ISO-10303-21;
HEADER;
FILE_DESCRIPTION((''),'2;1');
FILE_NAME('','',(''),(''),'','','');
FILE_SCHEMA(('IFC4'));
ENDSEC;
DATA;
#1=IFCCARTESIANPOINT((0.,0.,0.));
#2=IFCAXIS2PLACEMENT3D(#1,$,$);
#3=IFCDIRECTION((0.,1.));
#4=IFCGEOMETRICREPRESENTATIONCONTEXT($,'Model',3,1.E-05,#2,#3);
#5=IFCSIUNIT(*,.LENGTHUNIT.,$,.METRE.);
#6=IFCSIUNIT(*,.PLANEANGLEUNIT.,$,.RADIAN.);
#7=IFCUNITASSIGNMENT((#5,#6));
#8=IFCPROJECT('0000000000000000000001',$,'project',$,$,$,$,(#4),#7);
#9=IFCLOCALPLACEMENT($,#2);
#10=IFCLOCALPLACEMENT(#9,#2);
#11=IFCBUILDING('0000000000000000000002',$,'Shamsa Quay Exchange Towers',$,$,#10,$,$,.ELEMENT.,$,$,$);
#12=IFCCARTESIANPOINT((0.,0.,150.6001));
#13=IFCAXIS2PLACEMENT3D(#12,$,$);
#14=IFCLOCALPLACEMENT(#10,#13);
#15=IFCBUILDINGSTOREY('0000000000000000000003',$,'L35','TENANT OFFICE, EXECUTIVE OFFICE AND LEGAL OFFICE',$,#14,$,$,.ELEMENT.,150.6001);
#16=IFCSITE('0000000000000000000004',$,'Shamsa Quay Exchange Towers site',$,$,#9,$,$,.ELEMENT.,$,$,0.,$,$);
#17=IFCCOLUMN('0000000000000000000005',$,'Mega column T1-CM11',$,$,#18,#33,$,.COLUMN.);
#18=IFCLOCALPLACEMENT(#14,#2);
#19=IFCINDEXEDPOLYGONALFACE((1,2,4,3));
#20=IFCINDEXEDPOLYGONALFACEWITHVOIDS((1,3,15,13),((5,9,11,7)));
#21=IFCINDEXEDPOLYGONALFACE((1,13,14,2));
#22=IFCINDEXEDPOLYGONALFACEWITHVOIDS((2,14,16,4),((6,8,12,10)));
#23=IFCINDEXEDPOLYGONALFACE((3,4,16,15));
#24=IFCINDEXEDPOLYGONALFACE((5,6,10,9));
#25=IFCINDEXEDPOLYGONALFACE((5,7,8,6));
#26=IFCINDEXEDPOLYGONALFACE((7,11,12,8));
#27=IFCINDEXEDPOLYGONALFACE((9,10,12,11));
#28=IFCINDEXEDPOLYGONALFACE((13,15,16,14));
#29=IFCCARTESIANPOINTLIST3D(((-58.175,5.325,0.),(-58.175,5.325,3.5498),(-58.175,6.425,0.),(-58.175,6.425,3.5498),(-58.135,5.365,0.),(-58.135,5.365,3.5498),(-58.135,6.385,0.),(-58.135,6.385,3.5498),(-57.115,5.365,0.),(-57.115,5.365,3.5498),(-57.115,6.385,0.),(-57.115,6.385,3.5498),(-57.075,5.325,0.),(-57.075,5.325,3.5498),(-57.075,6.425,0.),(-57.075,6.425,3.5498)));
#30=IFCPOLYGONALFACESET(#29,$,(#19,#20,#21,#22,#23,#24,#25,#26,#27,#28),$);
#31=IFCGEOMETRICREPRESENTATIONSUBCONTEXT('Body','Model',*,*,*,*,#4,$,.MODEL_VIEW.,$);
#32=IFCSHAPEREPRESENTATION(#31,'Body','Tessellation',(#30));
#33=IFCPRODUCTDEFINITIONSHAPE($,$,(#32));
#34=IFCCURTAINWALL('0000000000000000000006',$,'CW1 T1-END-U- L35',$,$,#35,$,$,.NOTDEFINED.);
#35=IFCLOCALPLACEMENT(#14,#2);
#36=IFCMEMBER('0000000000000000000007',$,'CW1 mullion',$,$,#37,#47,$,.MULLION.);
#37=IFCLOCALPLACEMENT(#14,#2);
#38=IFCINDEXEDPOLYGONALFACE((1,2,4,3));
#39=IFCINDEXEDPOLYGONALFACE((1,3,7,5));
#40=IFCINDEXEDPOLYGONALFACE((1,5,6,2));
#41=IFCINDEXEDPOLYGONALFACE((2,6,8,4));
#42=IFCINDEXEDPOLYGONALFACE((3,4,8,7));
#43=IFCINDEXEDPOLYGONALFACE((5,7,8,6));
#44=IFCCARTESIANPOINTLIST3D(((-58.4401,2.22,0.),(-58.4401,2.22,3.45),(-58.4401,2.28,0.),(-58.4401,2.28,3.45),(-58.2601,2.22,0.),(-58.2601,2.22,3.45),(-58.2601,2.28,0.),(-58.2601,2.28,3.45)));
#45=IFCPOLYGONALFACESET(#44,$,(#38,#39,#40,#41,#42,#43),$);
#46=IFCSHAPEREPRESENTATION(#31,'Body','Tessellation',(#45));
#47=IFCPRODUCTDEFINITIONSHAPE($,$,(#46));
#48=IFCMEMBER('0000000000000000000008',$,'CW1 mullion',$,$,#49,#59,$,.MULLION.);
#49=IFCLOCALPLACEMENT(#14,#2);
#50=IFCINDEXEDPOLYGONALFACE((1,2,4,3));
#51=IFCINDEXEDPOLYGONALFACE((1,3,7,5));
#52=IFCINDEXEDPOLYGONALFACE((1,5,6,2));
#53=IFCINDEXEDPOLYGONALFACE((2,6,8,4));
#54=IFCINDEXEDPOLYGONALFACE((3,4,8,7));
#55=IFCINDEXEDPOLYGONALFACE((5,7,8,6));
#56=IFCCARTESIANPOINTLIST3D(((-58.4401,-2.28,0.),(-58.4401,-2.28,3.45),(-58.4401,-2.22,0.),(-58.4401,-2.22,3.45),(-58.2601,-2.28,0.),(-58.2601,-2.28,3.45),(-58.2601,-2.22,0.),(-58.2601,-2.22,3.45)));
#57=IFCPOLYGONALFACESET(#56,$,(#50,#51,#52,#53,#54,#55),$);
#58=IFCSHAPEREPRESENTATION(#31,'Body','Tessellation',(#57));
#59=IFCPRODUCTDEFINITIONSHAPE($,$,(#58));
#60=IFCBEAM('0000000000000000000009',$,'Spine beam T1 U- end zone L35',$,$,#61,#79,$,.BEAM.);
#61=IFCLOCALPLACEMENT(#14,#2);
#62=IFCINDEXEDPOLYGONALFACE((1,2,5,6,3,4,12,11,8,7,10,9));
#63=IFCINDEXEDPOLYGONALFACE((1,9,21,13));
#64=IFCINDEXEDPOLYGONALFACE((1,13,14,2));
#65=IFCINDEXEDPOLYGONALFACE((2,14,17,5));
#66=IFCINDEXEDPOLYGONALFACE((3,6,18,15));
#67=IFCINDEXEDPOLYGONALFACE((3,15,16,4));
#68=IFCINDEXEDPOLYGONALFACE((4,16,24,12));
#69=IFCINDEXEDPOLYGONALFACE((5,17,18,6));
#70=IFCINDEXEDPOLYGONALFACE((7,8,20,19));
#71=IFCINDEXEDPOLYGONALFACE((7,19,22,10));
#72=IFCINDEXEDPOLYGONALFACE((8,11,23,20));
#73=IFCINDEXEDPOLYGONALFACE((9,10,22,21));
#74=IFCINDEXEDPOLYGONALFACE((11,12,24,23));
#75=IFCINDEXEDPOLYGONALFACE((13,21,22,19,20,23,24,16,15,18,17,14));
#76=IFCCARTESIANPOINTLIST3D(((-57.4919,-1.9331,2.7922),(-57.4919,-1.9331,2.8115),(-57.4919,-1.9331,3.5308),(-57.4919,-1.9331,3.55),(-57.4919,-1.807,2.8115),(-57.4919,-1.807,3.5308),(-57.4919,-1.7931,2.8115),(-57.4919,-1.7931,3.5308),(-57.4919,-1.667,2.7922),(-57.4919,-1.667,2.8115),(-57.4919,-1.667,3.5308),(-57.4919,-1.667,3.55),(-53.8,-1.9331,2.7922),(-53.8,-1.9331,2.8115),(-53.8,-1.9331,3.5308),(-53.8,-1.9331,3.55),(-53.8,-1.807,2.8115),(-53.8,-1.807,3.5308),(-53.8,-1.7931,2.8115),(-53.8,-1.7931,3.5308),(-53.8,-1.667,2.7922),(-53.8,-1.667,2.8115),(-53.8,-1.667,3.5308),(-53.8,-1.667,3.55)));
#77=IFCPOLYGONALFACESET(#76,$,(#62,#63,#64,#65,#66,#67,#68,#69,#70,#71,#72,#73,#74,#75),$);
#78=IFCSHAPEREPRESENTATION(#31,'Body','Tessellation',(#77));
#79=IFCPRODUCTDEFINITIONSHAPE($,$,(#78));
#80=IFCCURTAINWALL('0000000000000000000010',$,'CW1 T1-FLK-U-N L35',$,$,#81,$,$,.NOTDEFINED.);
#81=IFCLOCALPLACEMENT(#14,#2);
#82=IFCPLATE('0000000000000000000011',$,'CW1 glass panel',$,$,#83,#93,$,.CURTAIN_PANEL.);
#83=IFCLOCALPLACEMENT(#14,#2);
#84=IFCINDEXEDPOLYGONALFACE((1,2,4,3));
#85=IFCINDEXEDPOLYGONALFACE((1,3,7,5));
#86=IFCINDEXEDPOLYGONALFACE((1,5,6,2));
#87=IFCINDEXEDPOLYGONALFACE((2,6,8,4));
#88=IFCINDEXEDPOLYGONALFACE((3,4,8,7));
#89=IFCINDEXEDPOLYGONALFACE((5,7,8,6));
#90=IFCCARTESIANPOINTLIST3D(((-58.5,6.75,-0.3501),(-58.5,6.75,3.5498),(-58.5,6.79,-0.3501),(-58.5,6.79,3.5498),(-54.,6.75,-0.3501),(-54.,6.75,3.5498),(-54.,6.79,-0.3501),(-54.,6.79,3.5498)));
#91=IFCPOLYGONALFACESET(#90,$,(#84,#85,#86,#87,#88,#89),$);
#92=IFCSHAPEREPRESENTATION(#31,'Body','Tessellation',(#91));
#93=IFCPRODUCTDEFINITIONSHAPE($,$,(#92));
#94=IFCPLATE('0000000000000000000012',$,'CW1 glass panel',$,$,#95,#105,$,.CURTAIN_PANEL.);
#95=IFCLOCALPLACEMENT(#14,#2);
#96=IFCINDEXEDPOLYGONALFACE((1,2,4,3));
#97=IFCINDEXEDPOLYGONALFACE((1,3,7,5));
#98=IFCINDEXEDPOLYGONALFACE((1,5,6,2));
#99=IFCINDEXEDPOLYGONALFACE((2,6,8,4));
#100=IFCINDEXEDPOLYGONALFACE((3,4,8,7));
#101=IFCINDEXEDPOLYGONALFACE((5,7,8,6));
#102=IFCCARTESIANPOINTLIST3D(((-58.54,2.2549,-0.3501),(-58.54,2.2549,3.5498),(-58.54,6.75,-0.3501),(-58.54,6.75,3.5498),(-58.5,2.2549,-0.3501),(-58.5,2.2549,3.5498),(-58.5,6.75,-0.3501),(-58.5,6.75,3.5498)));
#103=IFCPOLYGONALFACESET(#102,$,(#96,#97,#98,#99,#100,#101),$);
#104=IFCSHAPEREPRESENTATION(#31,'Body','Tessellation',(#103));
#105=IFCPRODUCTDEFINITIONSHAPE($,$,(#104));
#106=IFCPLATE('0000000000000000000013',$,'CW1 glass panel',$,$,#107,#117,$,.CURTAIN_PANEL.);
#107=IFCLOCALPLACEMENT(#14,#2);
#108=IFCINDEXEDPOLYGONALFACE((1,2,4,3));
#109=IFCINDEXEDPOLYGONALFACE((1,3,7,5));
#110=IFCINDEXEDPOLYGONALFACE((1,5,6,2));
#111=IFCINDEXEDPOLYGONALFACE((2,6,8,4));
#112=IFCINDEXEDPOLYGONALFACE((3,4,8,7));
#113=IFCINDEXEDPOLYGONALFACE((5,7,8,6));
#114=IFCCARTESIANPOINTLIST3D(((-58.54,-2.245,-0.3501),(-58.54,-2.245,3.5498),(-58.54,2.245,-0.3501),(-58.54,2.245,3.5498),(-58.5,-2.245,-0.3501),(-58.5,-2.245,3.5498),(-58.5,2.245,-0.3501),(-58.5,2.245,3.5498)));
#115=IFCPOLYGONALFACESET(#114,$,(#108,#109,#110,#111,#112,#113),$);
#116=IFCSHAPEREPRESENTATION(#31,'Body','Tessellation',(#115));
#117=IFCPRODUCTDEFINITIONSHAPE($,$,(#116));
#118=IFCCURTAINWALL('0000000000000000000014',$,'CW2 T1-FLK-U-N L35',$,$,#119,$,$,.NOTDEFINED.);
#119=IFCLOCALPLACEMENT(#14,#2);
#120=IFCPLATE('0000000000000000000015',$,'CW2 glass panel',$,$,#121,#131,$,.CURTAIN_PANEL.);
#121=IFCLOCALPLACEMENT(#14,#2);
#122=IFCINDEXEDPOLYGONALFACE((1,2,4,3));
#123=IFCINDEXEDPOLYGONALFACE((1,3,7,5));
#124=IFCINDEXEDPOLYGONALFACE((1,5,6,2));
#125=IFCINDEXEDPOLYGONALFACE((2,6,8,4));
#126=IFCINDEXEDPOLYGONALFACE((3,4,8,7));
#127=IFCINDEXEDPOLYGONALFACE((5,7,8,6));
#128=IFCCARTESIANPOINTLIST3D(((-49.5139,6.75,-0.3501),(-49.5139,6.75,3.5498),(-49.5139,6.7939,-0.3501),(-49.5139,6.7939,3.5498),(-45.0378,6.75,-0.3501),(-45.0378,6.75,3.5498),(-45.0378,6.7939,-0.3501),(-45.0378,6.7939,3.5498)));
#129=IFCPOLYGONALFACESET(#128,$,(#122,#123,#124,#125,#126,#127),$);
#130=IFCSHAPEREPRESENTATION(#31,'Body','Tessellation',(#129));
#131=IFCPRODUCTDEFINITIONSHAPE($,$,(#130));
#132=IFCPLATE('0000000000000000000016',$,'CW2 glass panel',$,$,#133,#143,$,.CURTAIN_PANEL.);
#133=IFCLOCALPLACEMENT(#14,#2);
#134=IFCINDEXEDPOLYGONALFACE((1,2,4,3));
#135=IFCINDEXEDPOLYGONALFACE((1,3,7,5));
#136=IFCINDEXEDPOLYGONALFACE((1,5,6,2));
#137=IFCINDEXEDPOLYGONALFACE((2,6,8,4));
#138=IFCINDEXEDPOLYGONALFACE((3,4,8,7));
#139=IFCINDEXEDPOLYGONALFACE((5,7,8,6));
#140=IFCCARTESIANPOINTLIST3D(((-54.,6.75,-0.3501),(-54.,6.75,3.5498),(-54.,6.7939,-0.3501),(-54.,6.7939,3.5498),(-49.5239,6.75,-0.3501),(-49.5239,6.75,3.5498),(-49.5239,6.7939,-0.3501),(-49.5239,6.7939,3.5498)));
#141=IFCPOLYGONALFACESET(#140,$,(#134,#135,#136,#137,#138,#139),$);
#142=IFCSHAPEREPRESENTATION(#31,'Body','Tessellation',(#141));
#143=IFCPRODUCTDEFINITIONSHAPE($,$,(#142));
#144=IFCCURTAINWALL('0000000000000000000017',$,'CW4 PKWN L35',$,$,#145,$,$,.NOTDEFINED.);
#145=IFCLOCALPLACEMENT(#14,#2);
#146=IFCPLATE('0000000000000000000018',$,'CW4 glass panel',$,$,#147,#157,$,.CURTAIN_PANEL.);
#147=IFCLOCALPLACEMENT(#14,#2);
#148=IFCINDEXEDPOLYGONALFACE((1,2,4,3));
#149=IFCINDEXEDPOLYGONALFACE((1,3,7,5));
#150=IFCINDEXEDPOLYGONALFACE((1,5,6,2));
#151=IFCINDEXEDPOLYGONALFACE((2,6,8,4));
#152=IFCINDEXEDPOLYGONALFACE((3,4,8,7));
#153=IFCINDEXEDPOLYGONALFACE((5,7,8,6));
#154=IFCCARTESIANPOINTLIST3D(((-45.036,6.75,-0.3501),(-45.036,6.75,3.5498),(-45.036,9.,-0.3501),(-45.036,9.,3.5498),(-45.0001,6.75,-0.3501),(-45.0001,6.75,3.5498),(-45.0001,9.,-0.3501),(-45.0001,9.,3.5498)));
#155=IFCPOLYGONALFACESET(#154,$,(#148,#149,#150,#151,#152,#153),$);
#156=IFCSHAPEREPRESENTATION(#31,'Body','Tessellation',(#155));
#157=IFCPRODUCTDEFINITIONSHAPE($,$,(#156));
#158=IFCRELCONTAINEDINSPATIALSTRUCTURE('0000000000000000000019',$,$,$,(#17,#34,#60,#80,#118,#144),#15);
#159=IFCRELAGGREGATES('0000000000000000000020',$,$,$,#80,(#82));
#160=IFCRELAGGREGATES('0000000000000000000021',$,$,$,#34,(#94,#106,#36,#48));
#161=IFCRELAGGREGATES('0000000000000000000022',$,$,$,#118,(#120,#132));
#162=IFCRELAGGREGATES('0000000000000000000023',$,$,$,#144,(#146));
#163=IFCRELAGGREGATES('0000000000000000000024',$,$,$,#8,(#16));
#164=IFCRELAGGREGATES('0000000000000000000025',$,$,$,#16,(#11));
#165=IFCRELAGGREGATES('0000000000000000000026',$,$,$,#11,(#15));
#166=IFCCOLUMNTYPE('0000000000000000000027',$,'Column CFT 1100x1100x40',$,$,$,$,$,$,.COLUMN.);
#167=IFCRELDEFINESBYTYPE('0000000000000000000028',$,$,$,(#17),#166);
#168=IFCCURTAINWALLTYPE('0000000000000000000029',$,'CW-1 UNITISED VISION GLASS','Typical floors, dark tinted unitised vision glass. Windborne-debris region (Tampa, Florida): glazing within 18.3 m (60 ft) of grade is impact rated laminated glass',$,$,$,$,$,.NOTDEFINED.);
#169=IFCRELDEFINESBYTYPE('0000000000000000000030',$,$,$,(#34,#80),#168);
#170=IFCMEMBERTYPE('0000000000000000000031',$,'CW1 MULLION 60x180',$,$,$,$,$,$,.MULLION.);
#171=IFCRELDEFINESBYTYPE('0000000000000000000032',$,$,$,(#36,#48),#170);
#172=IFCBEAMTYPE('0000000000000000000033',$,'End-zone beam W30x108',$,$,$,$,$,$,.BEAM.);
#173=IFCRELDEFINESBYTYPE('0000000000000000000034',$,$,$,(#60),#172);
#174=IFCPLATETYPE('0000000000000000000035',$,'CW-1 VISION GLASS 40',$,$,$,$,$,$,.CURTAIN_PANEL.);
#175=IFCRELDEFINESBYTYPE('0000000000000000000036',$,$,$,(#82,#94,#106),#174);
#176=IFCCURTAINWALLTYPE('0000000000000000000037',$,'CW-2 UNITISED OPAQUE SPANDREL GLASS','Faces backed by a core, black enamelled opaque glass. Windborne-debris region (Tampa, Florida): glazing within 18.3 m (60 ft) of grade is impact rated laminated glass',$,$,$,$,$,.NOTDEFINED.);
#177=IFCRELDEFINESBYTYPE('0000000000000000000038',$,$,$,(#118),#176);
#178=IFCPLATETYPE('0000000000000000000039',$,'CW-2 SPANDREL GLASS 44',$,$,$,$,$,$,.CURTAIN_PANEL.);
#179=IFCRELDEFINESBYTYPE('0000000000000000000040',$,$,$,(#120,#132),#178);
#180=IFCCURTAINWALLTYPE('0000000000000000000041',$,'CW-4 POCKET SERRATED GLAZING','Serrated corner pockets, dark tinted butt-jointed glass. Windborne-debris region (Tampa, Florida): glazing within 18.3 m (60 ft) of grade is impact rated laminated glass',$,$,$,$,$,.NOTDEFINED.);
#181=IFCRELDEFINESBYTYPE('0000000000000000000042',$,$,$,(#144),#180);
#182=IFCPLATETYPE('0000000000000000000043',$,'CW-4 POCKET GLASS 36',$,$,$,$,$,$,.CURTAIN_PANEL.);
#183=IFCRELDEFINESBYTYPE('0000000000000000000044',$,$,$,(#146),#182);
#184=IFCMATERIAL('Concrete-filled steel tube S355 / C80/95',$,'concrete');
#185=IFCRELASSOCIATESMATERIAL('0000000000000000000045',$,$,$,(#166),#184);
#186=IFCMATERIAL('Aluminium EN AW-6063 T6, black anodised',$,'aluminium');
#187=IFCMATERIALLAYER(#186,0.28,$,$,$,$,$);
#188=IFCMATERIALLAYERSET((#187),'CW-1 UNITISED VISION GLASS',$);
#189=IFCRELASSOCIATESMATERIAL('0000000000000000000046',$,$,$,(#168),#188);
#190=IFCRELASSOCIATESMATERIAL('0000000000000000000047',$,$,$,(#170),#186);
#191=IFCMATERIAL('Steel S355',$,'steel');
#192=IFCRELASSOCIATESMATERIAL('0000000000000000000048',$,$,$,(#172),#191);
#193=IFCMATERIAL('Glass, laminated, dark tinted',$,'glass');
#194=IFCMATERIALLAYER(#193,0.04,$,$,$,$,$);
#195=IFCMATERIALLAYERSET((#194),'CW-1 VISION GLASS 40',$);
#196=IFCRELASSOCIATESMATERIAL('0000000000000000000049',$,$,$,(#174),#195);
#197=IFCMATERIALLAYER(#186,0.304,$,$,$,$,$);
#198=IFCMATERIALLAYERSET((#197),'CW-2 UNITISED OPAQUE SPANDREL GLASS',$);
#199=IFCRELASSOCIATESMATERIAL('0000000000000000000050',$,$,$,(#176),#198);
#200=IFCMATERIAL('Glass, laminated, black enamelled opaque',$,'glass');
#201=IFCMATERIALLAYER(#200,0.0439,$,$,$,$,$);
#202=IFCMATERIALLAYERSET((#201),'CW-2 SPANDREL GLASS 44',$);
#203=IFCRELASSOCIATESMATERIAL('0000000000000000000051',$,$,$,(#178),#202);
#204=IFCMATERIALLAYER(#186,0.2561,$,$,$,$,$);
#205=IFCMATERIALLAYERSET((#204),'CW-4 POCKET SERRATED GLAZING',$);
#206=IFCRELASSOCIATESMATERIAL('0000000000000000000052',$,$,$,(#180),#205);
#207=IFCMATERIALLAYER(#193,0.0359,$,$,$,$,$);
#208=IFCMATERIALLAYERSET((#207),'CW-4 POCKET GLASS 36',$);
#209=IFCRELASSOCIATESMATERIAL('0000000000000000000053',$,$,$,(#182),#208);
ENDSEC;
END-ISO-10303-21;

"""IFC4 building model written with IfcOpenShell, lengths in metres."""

from ifc_helpers import new_model, si_unit, direction, frame, origin, origin_2d, place, context, subcontext, project, spatial, rectangle, hollow_rectangle, i_section, extrude, material, layer, layer_set, material_profile, profile_set, type_object, element, aggregate, save


model = new_model("IFC4")

# Units and contexts
model_context = context("Model", 3, precision=1e-05, world=origin(), true_north=direction((0.0, 1.0)))
body_context = subcontext(model_context, "Body", "Model", "MODEL_VIEW")
ifc_project = project(units=[si_unit("LENGTHUNIT", "METRE"), si_unit("PLANEANGLEUNIT", "RADIAN")], contexts=[model_context])

# Site, building, storey
site_placement = place(None, origin())
site = spatial("IfcSite", under=ifc_project, at=site_placement, Name="Shamsa Quay Exchange Towers site", CompositionType="ELEMENT", RefElevation=0.0)
building_placement = place(site_placement, origin())
building = spatial("IfcBuilding", under=site, at=building_placement, Name="Shamsa Quay Exchange Towers", CompositionType="ELEMENT")
storey_placement = place(building_placement, frame((0.0, 0.0, 150.6001)))
storey = spatial("IfcBuildingStorey", under=building, at=storey_placement, Name="L35", Description="TENANT OFFICE, EXECUTIVE OFFICE AND LEGAL OFFICE", CompositionType="ELEMENT", Elevation=150.6001)

# Column
ifc_material_1 = material(Name="Concrete-filled steel tube S355 / C80/95", Category="concrete")
ifc_material_profile_1 = material_profile(ifc_material_1, hollow_rectangle(XDim=1.1001, YDim=1.1001, WallThickness=0.04, at=origin_2d()), Name="CFT 1100x1100x40")
ifc_profile_set_1 = profile_set([ifc_material_profile_1], Name="Concrete-filled steel tube S355 / C80/95")
column_type = type_object("IfcColumnType", Name="Column CFT 1100x1100x40", PredefinedType="COLUMN", material=ifc_profile_set_1)
column_placement = place(storey_placement, frame((-57.625, 5.875, 0.0)))
element("IfcColumn", 1, at=column_placement, inside=storey, type_object=column_type, Name="Mega column T1-CM11", PredefinedType="COLUMN", context=body_context, shape_type="SweptSolid", body=[
    extrude(hollow_rectangle(XDim=1.1001, YDim=1.1001, WallThickness=0.04, at=origin_2d()), origin(), (0.0, 0.0, 1.0), 3.5498),
])

# Curtain wall, members
ifc_material_2 = material(Name="Aluminium EN AW-6063 T6, black anodised", Category="aluminium")
ifc_layer_1 = layer(ifc_material_2, 0.28)
ifc_layer_set_1 = layer_set([ifc_layer_1], Name="CW-1 UNITISED VISION GLASS")
curtain_wall_type_1 = type_object("IfcCurtainWallType", Name="CW-1 UNITISED VISION GLASS", Description="Typical floors, dark tinted unitised vision glass. Windborne-debris region (Tampa, Florida): glazing within 18.3 m (60 ft) of grade is impact rated laminated glass", PredefinedType="NOTDEFINED", material=ifc_layer_set_1)
curtain_wall_1_placement = place(storey_placement, origin())
curtain_wall_1 = element("IfcCurtainWall", 2, at=curtain_wall_1_placement, inside=storey, type_object=curtain_wall_type_1, Name="CW1 T1-END-U- L35", PredefinedType="NOTDEFINED")
ifc_material_profile_2 = material_profile(ifc_material_2, rectangle(XDim=0.1799, YDim=0.0601, at=origin_2d()), Name="MU60x180")
ifc_profile_set_2 = profile_set([ifc_material_profile_2], Name="Aluminium EN AW-6063 T6, black anodised")
member_type = type_object("IfcMemberType", Name="CW1 MULLION 60x180", PredefinedType="MULLION", material=ifc_profile_set_2)
member_1_placement = place(storey_placement, frame((-58.3501, 2.25, 0.0)))
member_1 = element("IfcMember", 3, at=member_1_placement, type_object=member_type, Name="CW1 mullion", PredefinedType="MULLION", context=body_context, shape_type="SweptSolid", body=[
    extrude(rectangle(XDim=0.1799, YDim=0.0601, at=origin_2d()), origin(), (0.0, 0.0, 1.0), 3.45),
])
member_2_placement = place(storey_placement, frame((-58.3501, -2.25, 0.0)))
member_2 = element("IfcMember", 4, at=member_2_placement, type_object=member_type, Name="CW1 mullion", PredefinedType="MULLION", context=body_context, shape_type="SweptSolid", body=[
    extrude(rectangle(XDim=0.1799, YDim=0.0601, at=origin_2d()), origin(), (0.0, 0.0, 1.0), 3.45),
])

# Beam
ifc_material_3 = material(Name="Steel S355", Category="steel")
ifc_material_profile_3 = material_profile(ifc_material_3, i_section(OverallWidth=0.2661, OverallDepth=0.7578, WebThickness=0.0139, FlangeThickness=0.0193, at=origin_2d()), Name="W30x108")
ifc_profile_set_3 = profile_set([ifc_material_profile_3], Name="Steel S355")
beam_type = type_object("IfcBeamType", Name="End-zone beam W30x108", PredefinedType="BEAM", material=ifc_profile_set_3)
beam_placement = place(storey_placement, frame((-53.8, -1.8, 3.1711), z_axis=(-1.0, 0.0, 0.0), x_axis=(0.0, -1.0, 0.0)))
element("IfcBeam", 5, at=beam_placement, inside=storey, type_object=beam_type, Name="Spine beam T1 U- end zone L35", PredefinedType="BEAM", context=body_context, shape_type="SweptSolid", body=[
    extrude(i_section(OverallWidth=0.2661, OverallDepth=0.7578, WebThickness=0.0139, FlangeThickness=0.0193, at=origin_2d()), origin(), (0.0, 0.0, 1.0), 3.6919),
])

# Curtain wall, plate
curtain_wall_2_placement = place(storey_placement, origin())
curtain_wall_2 = element("IfcCurtainWall", 6, at=curtain_wall_2_placement, inside=storey, type_object=curtain_wall_type_1, Name="CW1 T1-FLK-U-N L35", PredefinedType="NOTDEFINED")
ifc_material_4 = material(Name="Glass, laminated, dark tinted", Category="glass")
ifc_layer_2 = layer(ifc_material_4, 0.04)
ifc_layer_set_2 = layer_set([ifc_layer_2], Name="CW-1 VISION GLASS 40")
plate_type_1 = type_object("IfcPlateType", Name="CW-1 VISION GLASS 40", PredefinedType="CURTAIN_PANEL", material=ifc_layer_set_2)
plate_1_placement = place(storey_placement, frame((-56.25, 6.77, -0.3501), z_axis=(0.0, 0.0, 1.0), x_axis=(-1.0, 0.0, 0.0)))
plate_1 = element("IfcPlate", 7, at=plate_1_placement, type_object=plate_type_1, Name="CW1 glass panel", PredefinedType="CURTAIN_PANEL", context=body_context, shape_type="SweptSolid", body=[
    extrude(rectangle(XDim=4.5, YDim=0.04, at=origin_2d()), origin(), (0.0, 0.0, 1.0), 3.8999),
])
aggregate(curtain_wall_2, [plate_1])

# Plates
plate_2_placement = place(storey_placement, frame((-58.52, 4.5024, -0.3501), z_axis=(0.0, 0.0, 1.0), x_axis=(0.0, -1.0, 0.0)))
plate_2 = element("IfcPlate", 8, at=plate_2_placement, type_object=plate_type_1, Name="CW1 glass panel", PredefinedType="CURTAIN_PANEL", context=body_context, shape_type="SweptSolid", body=[
    extrude(rectangle(XDim=4.4951, YDim=0.04, at=origin_2d()), origin(), (0.0, 0.0, 1.0), 3.8999),
])
plate_3_placement = place(storey_placement, frame((-58.52, 0.0, -0.3501), z_axis=(0.0, 0.0, 1.0), x_axis=(0.0, -1.0, 0.0)))
plate_3 = element("IfcPlate", 9, at=plate_3_placement, type_object=plate_type_1, Name="CW1 glass panel", PredefinedType="CURTAIN_PANEL", context=body_context, shape_type="SweptSolid", body=[
    extrude(rectangle(XDim=4.49, YDim=0.04, at=origin_2d()), origin(), (0.0, 0.0, 1.0), 3.8999),
])
aggregate(curtain_wall_1, [plate_2, plate_3, member_1, member_2])

# Curtain wall, plates
ifc_layer_3 = layer(ifc_material_2, 0.304)
ifc_layer_set_3 = layer_set([ifc_layer_3], Name="CW-2 UNITISED OPAQUE SPANDREL GLASS")
curtain_wall_type_2 = type_object("IfcCurtainWallType", Name="CW-2 UNITISED OPAQUE SPANDREL GLASS", Description="Faces backed by a core, black enamelled opaque glass. Windborne-debris region (Tampa, Florida): glazing within 18.3 m (60 ft) of grade is impact rated laminated glass", PredefinedType="NOTDEFINED", material=ifc_layer_set_3)
curtain_wall_3_placement = place(storey_placement, origin())
curtain_wall_3 = element("IfcCurtainWall", 10, at=curtain_wall_3_placement, inside=storey, type_object=curtain_wall_type_2, Name="CW2 T1-FLK-U-N L35", PredefinedType="NOTDEFINED")
ifc_material_5 = material(Name="Glass, laminated, black enamelled opaque", Category="glass")
ifc_layer_4 = layer(ifc_material_5, 0.0439)
ifc_layer_set_4 = layer_set([ifc_layer_4], Name="CW-2 SPANDREL GLASS 44")
plate_type_2 = type_object("IfcPlateType", Name="CW-2 SPANDREL GLASS 44", PredefinedType="CURTAIN_PANEL", material=ifc_layer_set_4)
plate_4_placement = place(storey_placement, frame((-47.2759, 6.772, -0.3501), z_axis=(0.0, 0.0, 1.0), x_axis=(-1.0, 0.0, 0.0)))
plate_4 = element("IfcPlate", 11, at=plate_4_placement, type_object=plate_type_2, Name="CW2 glass panel", PredefinedType="CURTAIN_PANEL", context=body_context, shape_type="SweptSolid", body=[
    extrude(rectangle(XDim=4.4761, YDim=0.0439, at=origin_2d()), origin(), (0.0, 0.0, 1.0), 3.8999),
])
plate_5_placement = place(storey_placement, frame((-51.762, 6.772, -0.3501), z_axis=(0.0, 0.0, 1.0), x_axis=(-1.0, 0.0, 0.0)))
plate_5 = element("IfcPlate", 12, at=plate_5_placement, type_object=plate_type_2, Name="CW2 glass panel", PredefinedType="CURTAIN_PANEL", context=body_context, shape_type="SweptSolid", body=[
    extrude(rectangle(XDim=4.4761, YDim=0.0439, at=origin_2d()), origin(), (0.0, 0.0, 1.0), 3.8999),
])
aggregate(curtain_wall_3, [plate_4, plate_5])

# Curtain wall, plate
ifc_layer_5 = layer(ifc_material_2, 0.2561)
ifc_layer_set_5 = layer_set([ifc_layer_5], Name="CW-4 POCKET SERRATED GLAZING")
curtain_wall_type_3 = type_object("IfcCurtainWallType", Name="CW-4 POCKET SERRATED GLAZING", Description="Serrated corner pockets, dark tinted butt-jointed glass. Windborne-debris region (Tampa, Florida): glazing within 18.3 m (60 ft) of grade is impact rated laminated glass", PredefinedType="NOTDEFINED", material=ifc_layer_set_5)
curtain_wall_4_placement = place(storey_placement, origin())
curtain_wall_4 = element("IfcCurtainWall", 13, at=curtain_wall_4_placement, inside=storey, type_object=curtain_wall_type_3, Name="CW4 PKWN L35", PredefinedType="NOTDEFINED")
ifc_layer_6 = layer(ifc_material_4, 0.0359)
ifc_layer_set_6 = layer_set([ifc_layer_6], Name="CW-4 POCKET GLASS 36")
plate_type_3 = type_object("IfcPlateType", Name="CW-4 POCKET GLASS 36", PredefinedType="CURTAIN_PANEL", material=ifc_layer_set_6)
plate_6_placement = place(storey_placement, frame((-45.0181, 7.875, -0.3501), z_axis=(0.0, 0.0, 1.0), x_axis=(0.0, -1.0, 0.0)))
plate_6 = element("IfcPlate", 14, at=plate_6_placement, type_object=plate_type_3, Name="CW4 glass panel", PredefinedType="CURTAIN_PANEL", context=body_context, shape_type="SweptSolid", body=[
    extrude(rectangle(XDim=2.25, YDim=0.0359, at=origin_2d()), origin(), (0.0, 0.0, 1.0), 3.8999),
])
aggregate(curtain_wall_4, [plate_6])

save(model, "model.ifc")
